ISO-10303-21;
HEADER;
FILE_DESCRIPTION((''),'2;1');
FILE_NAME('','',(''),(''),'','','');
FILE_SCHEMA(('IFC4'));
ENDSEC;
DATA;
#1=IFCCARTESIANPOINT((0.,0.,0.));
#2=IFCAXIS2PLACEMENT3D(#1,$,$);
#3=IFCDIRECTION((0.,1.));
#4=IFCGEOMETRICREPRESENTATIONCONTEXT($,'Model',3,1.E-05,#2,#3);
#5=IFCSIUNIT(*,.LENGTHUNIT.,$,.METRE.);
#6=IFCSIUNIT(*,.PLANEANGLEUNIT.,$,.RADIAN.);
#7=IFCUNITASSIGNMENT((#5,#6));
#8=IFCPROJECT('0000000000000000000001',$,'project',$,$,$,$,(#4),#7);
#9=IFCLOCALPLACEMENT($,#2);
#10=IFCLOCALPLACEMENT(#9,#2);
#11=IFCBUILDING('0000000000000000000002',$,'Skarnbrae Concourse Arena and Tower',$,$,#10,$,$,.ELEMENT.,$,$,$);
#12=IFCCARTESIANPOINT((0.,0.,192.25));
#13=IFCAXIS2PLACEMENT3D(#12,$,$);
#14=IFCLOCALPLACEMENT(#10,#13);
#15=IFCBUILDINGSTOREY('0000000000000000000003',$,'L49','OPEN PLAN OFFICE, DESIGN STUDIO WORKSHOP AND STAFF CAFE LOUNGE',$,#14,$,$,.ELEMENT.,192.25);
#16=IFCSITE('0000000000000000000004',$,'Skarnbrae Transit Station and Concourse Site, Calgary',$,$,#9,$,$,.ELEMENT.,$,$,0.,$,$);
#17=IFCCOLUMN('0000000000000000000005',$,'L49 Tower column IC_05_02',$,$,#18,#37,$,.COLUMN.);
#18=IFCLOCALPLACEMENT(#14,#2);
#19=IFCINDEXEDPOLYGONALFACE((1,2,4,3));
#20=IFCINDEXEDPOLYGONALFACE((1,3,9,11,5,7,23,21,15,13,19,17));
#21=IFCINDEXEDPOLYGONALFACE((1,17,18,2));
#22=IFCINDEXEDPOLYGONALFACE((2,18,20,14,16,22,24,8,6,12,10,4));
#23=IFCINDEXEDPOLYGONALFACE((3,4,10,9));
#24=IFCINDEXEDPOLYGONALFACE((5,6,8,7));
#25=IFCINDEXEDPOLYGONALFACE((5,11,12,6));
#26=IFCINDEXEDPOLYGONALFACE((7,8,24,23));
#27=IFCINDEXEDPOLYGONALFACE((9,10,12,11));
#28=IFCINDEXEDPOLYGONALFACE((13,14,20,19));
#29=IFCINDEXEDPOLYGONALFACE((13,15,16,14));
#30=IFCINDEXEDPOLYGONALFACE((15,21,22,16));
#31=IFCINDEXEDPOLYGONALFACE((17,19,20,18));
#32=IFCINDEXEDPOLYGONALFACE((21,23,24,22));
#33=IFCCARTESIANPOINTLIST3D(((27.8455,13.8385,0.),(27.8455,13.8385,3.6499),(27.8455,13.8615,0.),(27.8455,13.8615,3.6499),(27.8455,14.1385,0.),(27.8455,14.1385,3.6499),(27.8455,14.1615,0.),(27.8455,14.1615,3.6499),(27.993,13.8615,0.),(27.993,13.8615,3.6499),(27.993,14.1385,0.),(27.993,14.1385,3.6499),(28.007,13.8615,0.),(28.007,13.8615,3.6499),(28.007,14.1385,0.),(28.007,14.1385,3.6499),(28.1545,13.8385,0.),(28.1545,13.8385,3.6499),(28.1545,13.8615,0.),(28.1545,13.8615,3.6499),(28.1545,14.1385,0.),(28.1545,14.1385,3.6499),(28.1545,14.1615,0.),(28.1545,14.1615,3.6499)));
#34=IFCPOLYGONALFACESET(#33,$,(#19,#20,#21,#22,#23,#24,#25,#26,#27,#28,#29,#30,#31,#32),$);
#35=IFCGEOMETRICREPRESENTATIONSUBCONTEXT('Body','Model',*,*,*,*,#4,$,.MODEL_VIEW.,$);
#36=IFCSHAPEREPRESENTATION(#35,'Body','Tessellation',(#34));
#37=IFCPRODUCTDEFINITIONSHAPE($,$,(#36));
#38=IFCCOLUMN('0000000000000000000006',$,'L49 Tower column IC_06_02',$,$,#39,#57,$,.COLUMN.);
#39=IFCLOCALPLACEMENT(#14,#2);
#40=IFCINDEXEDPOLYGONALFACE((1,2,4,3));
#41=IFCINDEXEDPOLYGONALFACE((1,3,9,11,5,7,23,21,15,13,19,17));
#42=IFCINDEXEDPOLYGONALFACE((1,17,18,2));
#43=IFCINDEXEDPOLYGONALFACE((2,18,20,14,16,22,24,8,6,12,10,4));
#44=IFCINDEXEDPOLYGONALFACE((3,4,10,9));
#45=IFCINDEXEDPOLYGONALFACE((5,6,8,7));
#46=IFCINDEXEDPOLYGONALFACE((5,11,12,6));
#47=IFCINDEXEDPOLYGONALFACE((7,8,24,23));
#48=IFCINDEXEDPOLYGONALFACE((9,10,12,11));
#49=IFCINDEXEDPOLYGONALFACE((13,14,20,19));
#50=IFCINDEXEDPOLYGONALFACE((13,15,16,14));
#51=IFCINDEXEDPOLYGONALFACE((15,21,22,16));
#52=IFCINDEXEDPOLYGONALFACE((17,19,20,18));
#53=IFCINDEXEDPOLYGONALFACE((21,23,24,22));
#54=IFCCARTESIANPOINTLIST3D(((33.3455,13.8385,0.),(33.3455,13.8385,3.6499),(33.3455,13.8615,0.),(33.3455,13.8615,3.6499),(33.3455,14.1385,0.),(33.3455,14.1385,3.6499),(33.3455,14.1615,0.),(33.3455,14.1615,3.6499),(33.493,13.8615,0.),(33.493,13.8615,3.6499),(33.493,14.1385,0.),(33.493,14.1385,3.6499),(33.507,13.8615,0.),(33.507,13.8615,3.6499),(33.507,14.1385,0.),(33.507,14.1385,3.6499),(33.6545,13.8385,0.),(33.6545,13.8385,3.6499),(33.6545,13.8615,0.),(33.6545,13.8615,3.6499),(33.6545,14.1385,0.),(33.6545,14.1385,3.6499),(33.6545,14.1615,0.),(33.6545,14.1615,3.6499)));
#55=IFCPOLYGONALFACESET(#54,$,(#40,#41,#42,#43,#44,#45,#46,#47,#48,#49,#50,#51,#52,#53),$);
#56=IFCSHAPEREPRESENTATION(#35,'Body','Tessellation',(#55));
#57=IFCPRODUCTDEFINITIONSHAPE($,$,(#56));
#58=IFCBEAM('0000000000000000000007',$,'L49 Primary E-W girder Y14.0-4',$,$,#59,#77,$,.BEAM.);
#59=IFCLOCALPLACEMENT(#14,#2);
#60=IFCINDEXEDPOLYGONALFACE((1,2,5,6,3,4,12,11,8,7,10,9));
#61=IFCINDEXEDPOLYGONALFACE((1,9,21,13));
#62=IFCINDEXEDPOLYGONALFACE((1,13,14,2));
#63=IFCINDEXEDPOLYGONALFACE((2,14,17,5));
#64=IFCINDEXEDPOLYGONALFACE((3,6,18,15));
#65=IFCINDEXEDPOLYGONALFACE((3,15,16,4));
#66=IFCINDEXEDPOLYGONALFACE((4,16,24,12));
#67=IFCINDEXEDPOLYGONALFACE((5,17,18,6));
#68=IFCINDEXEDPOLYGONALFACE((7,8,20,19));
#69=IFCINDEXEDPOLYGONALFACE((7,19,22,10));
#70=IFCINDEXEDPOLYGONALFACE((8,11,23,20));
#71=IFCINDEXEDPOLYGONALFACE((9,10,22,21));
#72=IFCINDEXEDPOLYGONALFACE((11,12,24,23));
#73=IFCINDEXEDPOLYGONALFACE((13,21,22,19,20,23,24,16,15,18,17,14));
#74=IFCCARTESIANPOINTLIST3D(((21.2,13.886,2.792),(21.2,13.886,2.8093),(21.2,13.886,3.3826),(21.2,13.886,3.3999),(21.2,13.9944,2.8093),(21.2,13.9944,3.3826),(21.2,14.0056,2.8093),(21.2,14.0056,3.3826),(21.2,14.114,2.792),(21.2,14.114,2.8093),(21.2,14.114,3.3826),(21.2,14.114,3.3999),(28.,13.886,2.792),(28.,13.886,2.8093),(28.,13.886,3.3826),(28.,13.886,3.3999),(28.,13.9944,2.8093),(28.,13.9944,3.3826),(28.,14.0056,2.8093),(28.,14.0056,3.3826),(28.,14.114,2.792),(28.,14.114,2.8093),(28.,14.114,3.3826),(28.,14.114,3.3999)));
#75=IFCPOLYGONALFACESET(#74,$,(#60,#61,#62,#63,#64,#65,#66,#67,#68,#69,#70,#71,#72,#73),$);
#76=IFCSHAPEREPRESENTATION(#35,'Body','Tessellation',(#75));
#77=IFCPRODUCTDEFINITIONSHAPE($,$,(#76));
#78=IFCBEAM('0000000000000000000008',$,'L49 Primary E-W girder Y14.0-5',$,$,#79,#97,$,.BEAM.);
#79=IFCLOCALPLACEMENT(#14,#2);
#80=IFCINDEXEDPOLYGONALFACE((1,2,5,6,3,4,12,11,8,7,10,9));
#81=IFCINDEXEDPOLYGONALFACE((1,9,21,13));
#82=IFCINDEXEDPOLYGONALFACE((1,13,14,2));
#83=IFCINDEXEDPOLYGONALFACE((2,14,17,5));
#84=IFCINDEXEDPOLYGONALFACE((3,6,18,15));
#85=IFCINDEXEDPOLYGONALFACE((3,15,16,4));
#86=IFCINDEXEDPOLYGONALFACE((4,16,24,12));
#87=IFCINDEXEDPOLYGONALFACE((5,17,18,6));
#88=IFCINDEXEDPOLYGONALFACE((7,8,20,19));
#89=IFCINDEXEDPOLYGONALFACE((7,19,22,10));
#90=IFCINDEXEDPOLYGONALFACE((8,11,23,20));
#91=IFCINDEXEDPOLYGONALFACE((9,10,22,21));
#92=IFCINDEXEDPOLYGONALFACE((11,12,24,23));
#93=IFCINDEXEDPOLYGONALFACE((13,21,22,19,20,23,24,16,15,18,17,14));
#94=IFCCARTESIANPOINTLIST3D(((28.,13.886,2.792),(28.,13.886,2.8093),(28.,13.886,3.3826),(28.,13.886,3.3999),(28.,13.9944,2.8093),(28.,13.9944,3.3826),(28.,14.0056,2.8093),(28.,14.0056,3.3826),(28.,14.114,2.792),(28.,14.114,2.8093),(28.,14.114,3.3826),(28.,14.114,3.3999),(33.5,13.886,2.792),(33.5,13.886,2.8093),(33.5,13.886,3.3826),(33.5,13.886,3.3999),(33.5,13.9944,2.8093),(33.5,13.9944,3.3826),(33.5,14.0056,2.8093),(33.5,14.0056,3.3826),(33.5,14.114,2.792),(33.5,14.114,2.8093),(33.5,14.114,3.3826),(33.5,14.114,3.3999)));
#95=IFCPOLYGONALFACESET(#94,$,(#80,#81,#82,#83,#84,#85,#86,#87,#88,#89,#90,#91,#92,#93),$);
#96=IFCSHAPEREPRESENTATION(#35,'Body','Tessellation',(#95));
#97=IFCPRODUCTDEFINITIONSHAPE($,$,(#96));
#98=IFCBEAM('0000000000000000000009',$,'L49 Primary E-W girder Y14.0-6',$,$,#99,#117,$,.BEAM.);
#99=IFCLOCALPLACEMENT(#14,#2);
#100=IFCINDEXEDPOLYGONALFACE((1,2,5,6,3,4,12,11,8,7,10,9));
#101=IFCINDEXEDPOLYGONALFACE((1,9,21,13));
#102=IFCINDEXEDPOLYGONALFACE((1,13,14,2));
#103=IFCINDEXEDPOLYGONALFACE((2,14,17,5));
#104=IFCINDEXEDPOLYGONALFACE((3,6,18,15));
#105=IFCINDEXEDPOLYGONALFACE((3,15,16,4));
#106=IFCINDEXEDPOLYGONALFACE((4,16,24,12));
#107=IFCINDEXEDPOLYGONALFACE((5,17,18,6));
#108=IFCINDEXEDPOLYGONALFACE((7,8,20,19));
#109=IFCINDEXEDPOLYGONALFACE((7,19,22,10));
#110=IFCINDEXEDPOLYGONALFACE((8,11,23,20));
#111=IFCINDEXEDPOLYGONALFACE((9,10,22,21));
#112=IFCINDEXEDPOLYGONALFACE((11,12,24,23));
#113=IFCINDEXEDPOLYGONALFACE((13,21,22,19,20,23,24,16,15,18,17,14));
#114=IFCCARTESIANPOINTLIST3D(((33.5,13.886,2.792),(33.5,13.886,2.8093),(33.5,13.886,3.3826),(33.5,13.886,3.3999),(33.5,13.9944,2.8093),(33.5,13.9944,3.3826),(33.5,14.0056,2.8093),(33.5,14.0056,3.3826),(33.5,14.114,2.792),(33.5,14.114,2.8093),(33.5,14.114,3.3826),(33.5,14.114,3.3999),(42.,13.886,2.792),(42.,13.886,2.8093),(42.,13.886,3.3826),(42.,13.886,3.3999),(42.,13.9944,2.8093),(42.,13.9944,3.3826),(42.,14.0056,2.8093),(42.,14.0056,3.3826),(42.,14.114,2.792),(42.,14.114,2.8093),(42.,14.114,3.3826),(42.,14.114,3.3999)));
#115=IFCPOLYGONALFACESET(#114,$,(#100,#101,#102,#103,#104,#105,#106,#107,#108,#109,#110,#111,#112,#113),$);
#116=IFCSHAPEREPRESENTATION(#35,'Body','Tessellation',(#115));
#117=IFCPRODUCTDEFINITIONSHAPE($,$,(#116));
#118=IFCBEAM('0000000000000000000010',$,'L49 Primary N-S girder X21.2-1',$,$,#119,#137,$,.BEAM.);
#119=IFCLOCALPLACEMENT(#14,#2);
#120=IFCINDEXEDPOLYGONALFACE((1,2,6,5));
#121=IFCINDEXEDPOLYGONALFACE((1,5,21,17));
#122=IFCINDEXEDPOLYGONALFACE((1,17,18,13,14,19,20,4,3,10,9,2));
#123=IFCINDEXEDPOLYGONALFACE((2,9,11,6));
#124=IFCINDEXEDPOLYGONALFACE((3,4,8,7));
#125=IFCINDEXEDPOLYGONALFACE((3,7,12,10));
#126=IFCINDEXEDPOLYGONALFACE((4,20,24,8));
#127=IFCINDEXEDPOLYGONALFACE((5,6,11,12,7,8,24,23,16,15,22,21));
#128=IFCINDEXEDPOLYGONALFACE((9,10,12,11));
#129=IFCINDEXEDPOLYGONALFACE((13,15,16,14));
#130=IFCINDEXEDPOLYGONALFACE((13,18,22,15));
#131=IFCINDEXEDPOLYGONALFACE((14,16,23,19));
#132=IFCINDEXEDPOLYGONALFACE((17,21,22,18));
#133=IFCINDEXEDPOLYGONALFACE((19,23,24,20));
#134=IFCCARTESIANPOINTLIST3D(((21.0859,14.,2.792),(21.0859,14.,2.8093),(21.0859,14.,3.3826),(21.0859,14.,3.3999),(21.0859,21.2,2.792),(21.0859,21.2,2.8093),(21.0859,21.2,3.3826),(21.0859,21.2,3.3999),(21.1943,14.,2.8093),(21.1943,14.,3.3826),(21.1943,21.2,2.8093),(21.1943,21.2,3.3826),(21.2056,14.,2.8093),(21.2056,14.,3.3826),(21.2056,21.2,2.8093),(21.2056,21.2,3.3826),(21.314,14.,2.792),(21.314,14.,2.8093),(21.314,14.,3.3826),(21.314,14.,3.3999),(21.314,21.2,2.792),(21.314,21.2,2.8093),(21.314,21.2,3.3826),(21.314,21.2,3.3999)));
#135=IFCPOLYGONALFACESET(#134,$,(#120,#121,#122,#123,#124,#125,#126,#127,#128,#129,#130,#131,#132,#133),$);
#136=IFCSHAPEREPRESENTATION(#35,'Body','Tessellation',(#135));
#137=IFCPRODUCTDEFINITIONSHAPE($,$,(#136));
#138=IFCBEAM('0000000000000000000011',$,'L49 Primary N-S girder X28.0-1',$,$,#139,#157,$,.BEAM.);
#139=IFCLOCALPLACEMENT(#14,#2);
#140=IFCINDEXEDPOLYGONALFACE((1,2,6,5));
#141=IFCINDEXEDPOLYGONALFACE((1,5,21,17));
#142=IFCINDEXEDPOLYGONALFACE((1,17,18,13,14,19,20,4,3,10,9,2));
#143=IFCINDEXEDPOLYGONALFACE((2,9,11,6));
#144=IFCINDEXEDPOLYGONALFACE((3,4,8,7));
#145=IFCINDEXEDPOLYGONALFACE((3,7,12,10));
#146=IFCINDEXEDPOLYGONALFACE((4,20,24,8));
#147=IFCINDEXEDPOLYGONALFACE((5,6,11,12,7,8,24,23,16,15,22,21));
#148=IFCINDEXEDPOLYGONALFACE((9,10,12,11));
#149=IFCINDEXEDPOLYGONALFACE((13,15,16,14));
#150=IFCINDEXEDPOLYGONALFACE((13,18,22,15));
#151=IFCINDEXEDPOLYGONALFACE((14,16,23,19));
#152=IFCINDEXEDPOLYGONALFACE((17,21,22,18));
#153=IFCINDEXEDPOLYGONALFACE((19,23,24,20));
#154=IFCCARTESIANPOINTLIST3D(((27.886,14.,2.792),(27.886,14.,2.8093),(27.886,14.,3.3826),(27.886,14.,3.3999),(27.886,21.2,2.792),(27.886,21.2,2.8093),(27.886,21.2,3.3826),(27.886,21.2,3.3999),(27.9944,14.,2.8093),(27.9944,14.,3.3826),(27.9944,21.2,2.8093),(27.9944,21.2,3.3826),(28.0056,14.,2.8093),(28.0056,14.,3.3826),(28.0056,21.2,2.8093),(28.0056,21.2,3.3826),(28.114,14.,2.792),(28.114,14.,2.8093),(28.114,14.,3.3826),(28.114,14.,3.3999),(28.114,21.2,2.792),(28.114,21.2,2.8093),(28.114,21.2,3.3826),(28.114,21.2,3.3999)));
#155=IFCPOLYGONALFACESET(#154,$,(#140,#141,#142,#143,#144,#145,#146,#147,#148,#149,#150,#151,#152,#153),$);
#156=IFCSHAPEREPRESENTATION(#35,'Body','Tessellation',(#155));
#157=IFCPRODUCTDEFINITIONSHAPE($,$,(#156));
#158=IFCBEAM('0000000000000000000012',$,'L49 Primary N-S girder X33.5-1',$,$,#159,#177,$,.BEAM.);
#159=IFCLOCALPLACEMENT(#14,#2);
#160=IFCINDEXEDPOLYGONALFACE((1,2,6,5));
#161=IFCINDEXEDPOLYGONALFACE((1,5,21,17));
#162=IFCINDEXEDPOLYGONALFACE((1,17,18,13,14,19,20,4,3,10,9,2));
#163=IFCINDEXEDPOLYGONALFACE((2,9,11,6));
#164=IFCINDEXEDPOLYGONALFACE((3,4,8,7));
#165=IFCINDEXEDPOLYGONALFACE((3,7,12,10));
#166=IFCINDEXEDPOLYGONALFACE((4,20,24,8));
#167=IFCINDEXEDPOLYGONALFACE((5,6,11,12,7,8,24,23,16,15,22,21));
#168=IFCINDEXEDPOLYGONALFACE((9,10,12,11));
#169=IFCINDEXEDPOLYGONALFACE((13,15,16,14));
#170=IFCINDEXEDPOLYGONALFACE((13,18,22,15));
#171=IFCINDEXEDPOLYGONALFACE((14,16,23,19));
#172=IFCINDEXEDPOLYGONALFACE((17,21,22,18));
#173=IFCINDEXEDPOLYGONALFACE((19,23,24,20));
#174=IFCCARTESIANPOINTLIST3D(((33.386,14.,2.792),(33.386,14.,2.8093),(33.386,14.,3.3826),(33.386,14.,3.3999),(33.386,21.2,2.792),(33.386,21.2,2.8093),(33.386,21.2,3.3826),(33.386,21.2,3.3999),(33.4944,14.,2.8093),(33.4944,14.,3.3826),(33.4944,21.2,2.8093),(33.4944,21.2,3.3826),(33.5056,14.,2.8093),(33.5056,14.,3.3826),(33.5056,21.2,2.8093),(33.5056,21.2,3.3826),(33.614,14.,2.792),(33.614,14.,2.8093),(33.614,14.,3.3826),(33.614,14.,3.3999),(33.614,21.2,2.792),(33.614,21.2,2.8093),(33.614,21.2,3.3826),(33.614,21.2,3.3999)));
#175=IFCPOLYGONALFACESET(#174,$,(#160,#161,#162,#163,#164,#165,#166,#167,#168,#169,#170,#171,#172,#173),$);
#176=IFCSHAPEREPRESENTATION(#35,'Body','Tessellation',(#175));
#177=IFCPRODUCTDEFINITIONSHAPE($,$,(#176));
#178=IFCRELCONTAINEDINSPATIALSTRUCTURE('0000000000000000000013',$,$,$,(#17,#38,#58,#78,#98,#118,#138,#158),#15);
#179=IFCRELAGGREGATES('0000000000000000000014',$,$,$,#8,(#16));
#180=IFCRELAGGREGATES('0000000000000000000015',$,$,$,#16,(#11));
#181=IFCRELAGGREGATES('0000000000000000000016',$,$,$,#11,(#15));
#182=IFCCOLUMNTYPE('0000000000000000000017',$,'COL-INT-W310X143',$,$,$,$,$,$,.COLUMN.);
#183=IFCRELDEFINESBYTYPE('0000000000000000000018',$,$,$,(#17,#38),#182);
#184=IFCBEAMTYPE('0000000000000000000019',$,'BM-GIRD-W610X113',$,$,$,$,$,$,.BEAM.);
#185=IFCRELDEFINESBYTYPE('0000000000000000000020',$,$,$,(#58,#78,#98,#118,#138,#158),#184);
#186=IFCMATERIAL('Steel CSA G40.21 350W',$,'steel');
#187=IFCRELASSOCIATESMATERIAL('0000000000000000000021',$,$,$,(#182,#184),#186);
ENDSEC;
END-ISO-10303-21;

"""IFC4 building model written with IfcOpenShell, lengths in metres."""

from ifc_helpers import new_model, si_unit, direction, frame, origin, origin_2d, place, context, subcontext, project, spatial, i_section, extrude, source, transform, mapped, material, material_profile, profile_set, type_object, element, save


model = new_model("IFC4")

# Units and contexts
model_context = context("Model", 3, precision=1e-05, world=origin(), true_north=direction((0.0, 1.0)))
body_context = subcontext(model_context, "Body", "Model", "MODEL_VIEW")
ifc_project = project(units=[si_unit("LENGTHUNIT", "METRE"), si_unit("PLANEANGLEUNIT", "RADIAN")], contexts=[model_context])

# Site, building, storey
site_placement = place(None, origin())
site = spatial("IfcSite", under=ifc_project, at=site_placement, Name="Skarnbrae Transit Station and Concourse Site, Calgary", CompositionType="ELEMENT", RefElevation=0.0)
building_placement = place(site_placement, origin())
building = spatial("IfcBuilding", under=site, at=building_placement, Name="Skarnbrae Concourse Arena and Tower", CompositionType="ELEMENT")
storey_placement = place(building_placement, frame((0.0, 0.0, 192.25)))
storey = spatial("IfcBuildingStorey", under=building, at=storey_placement, Name="L49", Description="OPEN PLAN OFFICE, DESIGN STUDIO WORKSHOP AND STAFF CAFE LOUNGE", CompositionType="ELEMENT", Elevation=192.25)

# Columns
ifc_material_1 = material(Name="Steel CSA G40.21 350W", Category="steel")
ifc_material_profile_1 = material_profile(ifc_material_1, i_section(OverallWidth=0.3091, OverallDepth=0.323, WebThickness=0.0139, FlangeThickness=0.0229, at=origin_2d()), Name="W310X143")
ifc_profile_set_1 = profile_set([ifc_material_profile_1], Name="Steel CSA G40.21 350W")
column_type = type_object("IfcColumnType", Name="COL-INT-W310X143", PredefinedType="COLUMN", material=ifc_profile_set_1)
shared_shape_1 = source(origin(), body_context, "Body", "SweptSolid", [
    extrude(i_section(OverallWidth=0.3091, OverallDepth=0.323, WebThickness=0.0139, FlangeThickness=0.0229, at=origin_2d()), origin(), (0.0, 0.0, 1.0), 3.6499),
])
for number, where, z_axis, x_axis, name in (
    (1, (28.0, 14.0, 0.0), (0.0, 0.0, 1.0), (1.0, 0.0, 0.0), "L49 Tower column IC_05_02"),
    (2, (33.5, 14.0, 0.0), (0.0, 0.0, 1.0), (1.0, 0.0, 0.0), "L49 Tower column IC_06_02"),
):
    element("IfcColumn", number, at=place(storey_placement, frame(where, z_axis=z_axis, x_axis=x_axis)), inside=storey, type_object=column_type, Name=name, PredefinedType="COLUMN", context=body_context, shape_type="MappedRepresentation", body=[
        mapped(shared_shape_1, transform((0.0, 0.0, 0.0))),
    ])

# Beams
ifc_material_profile_2 = material_profile(ifc_material_1, i_section(OverallWidth=0.228, OverallDepth=0.6079, WebThickness=0.0112, FlangeThickness=0.0173, at=origin_2d()), Name="W610X113")
ifc_profile_set_2 = profile_set([ifc_material_profile_2], Name="Steel CSA G40.21 350W")
beam_type_1 = type_object("IfcBeamType", Name="BM-GIRD-W610X113", PredefinedType="BEAM", material=ifc_profile_set_2)
shared_shape_2 = source(origin(), body_context, "Body", "SweptSolid", [
    extrude(i_section(OverallWidth=0.228, OverallDepth=0.6079, WebThickness=0.0112, FlangeThickness=0.0173, at=origin_2d()), origin(), (0.0, 0.0, 1.0), 6.8),
])
beam_1_placement = place(storey_placement, frame((21.2, 14.0, 3.0959), z_axis=(1.0, 0.0, 0.0), x_axis=(0.0, 1.0, 0.0)))
element("IfcBeam", 3, at=beam_1_placement, inside=storey, type_object=beam_type_1, Name="L49 Primary E-W girder Y14.0-4", PredefinedType="BEAM", context=body_context, shape_type="MappedRepresentation", body=[
    mapped(shared_shape_2, transform((0.0, 0.0, 0.0))),
])
shared_shape_3 = source(origin(), body_context, "Body", "SweptSolid", [
    extrude(i_section(OverallWidth=0.228, OverallDepth=0.6079, WebThickness=0.0112, FlangeThickness=0.0173, at=origin_2d()), origin(), (0.0, 0.0, 1.0), 5.5),
])
beam_2_placement = place(storey_placement, frame((28.0, 14.0, 3.0959), z_axis=(1.0, 0.0, 0.0), x_axis=(0.0, 1.0, 0.0)))
element("IfcBeam", 4, at=beam_2_placement, inside=storey, type_object=beam_type_1, Name="L49 Primary E-W girder Y14.0-5", PredefinedType="BEAM", context=body_context, shape_type="MappedRepresentation", body=[
    mapped(shared_shape_3, transform((0.0, 0.0, 0.0))),
])
shared_shape_4 = source(origin(), body_context, "Body", "SweptSolid", [
    extrude(i_section(OverallWidth=0.228, OverallDepth=0.6079, WebThickness=0.0112, FlangeThickness=0.0173, at=origin_2d()), origin(), (0.0, 0.0, 1.0), 8.5),
])
beam_3_placement = place(storey_placement, frame((33.5, 14.0, 3.0959), z_axis=(1.0, 0.0, 0.0), x_axis=(0.0, 1.0, 0.0)))
element("IfcBeam", 5, at=beam_3_placement, inside=storey, type_object=beam_type_1, Name="L49 Primary E-W girder Y14.0-6", PredefinedType="BEAM", context=body_context, shape_type="MappedRepresentation", body=[
    mapped(shared_shape_4, transform((0.0, 0.0, 0.0))),
])
shared_shape_5 = source(origin(), body_context, "Body", "SweptSolid", [
    extrude(i_section(OverallWidth=0.228, OverallDepth=0.6079, WebThickness=0.0112, FlangeThickness=0.0173, at=origin_2d()), origin(), (0.0, 0.0, 1.0), 7.2),
])
for number, where, z_axis, x_axis, name in (
    (6, (21.2, 14.0, 3.0959), (0.0, 1.0, 0.0), (-1.0, 0.0, 0.0), "L49 Primary N-S girder X21.2-1"),
    (7, (28.0, 14.0, 3.0959), (0.0, 1.0, 0.0), (-1.0, 0.0, 0.0), "L49 Primary N-S girder X28.0-1"),
    (8, (33.5, 14.0, 3.0959), (0.0, 1.0, 0.0), (-1.0, 0.0, 0.0), "L49 Primary N-S girder X33.5-1"),
):
    element("IfcBeam", number, at=place(storey_placement, frame(where, z_axis=z_axis, x_axis=x_axis)), inside=storey, type_object=beam_type_1, Name=name, PredefinedType="BEAM", context=body_context, shape_type="MappedRepresentation", body=[
        mapped(shared_shape_5, transform((0.0, 0.0, 0.0))),
    ])

save(model, "model.ifc")
